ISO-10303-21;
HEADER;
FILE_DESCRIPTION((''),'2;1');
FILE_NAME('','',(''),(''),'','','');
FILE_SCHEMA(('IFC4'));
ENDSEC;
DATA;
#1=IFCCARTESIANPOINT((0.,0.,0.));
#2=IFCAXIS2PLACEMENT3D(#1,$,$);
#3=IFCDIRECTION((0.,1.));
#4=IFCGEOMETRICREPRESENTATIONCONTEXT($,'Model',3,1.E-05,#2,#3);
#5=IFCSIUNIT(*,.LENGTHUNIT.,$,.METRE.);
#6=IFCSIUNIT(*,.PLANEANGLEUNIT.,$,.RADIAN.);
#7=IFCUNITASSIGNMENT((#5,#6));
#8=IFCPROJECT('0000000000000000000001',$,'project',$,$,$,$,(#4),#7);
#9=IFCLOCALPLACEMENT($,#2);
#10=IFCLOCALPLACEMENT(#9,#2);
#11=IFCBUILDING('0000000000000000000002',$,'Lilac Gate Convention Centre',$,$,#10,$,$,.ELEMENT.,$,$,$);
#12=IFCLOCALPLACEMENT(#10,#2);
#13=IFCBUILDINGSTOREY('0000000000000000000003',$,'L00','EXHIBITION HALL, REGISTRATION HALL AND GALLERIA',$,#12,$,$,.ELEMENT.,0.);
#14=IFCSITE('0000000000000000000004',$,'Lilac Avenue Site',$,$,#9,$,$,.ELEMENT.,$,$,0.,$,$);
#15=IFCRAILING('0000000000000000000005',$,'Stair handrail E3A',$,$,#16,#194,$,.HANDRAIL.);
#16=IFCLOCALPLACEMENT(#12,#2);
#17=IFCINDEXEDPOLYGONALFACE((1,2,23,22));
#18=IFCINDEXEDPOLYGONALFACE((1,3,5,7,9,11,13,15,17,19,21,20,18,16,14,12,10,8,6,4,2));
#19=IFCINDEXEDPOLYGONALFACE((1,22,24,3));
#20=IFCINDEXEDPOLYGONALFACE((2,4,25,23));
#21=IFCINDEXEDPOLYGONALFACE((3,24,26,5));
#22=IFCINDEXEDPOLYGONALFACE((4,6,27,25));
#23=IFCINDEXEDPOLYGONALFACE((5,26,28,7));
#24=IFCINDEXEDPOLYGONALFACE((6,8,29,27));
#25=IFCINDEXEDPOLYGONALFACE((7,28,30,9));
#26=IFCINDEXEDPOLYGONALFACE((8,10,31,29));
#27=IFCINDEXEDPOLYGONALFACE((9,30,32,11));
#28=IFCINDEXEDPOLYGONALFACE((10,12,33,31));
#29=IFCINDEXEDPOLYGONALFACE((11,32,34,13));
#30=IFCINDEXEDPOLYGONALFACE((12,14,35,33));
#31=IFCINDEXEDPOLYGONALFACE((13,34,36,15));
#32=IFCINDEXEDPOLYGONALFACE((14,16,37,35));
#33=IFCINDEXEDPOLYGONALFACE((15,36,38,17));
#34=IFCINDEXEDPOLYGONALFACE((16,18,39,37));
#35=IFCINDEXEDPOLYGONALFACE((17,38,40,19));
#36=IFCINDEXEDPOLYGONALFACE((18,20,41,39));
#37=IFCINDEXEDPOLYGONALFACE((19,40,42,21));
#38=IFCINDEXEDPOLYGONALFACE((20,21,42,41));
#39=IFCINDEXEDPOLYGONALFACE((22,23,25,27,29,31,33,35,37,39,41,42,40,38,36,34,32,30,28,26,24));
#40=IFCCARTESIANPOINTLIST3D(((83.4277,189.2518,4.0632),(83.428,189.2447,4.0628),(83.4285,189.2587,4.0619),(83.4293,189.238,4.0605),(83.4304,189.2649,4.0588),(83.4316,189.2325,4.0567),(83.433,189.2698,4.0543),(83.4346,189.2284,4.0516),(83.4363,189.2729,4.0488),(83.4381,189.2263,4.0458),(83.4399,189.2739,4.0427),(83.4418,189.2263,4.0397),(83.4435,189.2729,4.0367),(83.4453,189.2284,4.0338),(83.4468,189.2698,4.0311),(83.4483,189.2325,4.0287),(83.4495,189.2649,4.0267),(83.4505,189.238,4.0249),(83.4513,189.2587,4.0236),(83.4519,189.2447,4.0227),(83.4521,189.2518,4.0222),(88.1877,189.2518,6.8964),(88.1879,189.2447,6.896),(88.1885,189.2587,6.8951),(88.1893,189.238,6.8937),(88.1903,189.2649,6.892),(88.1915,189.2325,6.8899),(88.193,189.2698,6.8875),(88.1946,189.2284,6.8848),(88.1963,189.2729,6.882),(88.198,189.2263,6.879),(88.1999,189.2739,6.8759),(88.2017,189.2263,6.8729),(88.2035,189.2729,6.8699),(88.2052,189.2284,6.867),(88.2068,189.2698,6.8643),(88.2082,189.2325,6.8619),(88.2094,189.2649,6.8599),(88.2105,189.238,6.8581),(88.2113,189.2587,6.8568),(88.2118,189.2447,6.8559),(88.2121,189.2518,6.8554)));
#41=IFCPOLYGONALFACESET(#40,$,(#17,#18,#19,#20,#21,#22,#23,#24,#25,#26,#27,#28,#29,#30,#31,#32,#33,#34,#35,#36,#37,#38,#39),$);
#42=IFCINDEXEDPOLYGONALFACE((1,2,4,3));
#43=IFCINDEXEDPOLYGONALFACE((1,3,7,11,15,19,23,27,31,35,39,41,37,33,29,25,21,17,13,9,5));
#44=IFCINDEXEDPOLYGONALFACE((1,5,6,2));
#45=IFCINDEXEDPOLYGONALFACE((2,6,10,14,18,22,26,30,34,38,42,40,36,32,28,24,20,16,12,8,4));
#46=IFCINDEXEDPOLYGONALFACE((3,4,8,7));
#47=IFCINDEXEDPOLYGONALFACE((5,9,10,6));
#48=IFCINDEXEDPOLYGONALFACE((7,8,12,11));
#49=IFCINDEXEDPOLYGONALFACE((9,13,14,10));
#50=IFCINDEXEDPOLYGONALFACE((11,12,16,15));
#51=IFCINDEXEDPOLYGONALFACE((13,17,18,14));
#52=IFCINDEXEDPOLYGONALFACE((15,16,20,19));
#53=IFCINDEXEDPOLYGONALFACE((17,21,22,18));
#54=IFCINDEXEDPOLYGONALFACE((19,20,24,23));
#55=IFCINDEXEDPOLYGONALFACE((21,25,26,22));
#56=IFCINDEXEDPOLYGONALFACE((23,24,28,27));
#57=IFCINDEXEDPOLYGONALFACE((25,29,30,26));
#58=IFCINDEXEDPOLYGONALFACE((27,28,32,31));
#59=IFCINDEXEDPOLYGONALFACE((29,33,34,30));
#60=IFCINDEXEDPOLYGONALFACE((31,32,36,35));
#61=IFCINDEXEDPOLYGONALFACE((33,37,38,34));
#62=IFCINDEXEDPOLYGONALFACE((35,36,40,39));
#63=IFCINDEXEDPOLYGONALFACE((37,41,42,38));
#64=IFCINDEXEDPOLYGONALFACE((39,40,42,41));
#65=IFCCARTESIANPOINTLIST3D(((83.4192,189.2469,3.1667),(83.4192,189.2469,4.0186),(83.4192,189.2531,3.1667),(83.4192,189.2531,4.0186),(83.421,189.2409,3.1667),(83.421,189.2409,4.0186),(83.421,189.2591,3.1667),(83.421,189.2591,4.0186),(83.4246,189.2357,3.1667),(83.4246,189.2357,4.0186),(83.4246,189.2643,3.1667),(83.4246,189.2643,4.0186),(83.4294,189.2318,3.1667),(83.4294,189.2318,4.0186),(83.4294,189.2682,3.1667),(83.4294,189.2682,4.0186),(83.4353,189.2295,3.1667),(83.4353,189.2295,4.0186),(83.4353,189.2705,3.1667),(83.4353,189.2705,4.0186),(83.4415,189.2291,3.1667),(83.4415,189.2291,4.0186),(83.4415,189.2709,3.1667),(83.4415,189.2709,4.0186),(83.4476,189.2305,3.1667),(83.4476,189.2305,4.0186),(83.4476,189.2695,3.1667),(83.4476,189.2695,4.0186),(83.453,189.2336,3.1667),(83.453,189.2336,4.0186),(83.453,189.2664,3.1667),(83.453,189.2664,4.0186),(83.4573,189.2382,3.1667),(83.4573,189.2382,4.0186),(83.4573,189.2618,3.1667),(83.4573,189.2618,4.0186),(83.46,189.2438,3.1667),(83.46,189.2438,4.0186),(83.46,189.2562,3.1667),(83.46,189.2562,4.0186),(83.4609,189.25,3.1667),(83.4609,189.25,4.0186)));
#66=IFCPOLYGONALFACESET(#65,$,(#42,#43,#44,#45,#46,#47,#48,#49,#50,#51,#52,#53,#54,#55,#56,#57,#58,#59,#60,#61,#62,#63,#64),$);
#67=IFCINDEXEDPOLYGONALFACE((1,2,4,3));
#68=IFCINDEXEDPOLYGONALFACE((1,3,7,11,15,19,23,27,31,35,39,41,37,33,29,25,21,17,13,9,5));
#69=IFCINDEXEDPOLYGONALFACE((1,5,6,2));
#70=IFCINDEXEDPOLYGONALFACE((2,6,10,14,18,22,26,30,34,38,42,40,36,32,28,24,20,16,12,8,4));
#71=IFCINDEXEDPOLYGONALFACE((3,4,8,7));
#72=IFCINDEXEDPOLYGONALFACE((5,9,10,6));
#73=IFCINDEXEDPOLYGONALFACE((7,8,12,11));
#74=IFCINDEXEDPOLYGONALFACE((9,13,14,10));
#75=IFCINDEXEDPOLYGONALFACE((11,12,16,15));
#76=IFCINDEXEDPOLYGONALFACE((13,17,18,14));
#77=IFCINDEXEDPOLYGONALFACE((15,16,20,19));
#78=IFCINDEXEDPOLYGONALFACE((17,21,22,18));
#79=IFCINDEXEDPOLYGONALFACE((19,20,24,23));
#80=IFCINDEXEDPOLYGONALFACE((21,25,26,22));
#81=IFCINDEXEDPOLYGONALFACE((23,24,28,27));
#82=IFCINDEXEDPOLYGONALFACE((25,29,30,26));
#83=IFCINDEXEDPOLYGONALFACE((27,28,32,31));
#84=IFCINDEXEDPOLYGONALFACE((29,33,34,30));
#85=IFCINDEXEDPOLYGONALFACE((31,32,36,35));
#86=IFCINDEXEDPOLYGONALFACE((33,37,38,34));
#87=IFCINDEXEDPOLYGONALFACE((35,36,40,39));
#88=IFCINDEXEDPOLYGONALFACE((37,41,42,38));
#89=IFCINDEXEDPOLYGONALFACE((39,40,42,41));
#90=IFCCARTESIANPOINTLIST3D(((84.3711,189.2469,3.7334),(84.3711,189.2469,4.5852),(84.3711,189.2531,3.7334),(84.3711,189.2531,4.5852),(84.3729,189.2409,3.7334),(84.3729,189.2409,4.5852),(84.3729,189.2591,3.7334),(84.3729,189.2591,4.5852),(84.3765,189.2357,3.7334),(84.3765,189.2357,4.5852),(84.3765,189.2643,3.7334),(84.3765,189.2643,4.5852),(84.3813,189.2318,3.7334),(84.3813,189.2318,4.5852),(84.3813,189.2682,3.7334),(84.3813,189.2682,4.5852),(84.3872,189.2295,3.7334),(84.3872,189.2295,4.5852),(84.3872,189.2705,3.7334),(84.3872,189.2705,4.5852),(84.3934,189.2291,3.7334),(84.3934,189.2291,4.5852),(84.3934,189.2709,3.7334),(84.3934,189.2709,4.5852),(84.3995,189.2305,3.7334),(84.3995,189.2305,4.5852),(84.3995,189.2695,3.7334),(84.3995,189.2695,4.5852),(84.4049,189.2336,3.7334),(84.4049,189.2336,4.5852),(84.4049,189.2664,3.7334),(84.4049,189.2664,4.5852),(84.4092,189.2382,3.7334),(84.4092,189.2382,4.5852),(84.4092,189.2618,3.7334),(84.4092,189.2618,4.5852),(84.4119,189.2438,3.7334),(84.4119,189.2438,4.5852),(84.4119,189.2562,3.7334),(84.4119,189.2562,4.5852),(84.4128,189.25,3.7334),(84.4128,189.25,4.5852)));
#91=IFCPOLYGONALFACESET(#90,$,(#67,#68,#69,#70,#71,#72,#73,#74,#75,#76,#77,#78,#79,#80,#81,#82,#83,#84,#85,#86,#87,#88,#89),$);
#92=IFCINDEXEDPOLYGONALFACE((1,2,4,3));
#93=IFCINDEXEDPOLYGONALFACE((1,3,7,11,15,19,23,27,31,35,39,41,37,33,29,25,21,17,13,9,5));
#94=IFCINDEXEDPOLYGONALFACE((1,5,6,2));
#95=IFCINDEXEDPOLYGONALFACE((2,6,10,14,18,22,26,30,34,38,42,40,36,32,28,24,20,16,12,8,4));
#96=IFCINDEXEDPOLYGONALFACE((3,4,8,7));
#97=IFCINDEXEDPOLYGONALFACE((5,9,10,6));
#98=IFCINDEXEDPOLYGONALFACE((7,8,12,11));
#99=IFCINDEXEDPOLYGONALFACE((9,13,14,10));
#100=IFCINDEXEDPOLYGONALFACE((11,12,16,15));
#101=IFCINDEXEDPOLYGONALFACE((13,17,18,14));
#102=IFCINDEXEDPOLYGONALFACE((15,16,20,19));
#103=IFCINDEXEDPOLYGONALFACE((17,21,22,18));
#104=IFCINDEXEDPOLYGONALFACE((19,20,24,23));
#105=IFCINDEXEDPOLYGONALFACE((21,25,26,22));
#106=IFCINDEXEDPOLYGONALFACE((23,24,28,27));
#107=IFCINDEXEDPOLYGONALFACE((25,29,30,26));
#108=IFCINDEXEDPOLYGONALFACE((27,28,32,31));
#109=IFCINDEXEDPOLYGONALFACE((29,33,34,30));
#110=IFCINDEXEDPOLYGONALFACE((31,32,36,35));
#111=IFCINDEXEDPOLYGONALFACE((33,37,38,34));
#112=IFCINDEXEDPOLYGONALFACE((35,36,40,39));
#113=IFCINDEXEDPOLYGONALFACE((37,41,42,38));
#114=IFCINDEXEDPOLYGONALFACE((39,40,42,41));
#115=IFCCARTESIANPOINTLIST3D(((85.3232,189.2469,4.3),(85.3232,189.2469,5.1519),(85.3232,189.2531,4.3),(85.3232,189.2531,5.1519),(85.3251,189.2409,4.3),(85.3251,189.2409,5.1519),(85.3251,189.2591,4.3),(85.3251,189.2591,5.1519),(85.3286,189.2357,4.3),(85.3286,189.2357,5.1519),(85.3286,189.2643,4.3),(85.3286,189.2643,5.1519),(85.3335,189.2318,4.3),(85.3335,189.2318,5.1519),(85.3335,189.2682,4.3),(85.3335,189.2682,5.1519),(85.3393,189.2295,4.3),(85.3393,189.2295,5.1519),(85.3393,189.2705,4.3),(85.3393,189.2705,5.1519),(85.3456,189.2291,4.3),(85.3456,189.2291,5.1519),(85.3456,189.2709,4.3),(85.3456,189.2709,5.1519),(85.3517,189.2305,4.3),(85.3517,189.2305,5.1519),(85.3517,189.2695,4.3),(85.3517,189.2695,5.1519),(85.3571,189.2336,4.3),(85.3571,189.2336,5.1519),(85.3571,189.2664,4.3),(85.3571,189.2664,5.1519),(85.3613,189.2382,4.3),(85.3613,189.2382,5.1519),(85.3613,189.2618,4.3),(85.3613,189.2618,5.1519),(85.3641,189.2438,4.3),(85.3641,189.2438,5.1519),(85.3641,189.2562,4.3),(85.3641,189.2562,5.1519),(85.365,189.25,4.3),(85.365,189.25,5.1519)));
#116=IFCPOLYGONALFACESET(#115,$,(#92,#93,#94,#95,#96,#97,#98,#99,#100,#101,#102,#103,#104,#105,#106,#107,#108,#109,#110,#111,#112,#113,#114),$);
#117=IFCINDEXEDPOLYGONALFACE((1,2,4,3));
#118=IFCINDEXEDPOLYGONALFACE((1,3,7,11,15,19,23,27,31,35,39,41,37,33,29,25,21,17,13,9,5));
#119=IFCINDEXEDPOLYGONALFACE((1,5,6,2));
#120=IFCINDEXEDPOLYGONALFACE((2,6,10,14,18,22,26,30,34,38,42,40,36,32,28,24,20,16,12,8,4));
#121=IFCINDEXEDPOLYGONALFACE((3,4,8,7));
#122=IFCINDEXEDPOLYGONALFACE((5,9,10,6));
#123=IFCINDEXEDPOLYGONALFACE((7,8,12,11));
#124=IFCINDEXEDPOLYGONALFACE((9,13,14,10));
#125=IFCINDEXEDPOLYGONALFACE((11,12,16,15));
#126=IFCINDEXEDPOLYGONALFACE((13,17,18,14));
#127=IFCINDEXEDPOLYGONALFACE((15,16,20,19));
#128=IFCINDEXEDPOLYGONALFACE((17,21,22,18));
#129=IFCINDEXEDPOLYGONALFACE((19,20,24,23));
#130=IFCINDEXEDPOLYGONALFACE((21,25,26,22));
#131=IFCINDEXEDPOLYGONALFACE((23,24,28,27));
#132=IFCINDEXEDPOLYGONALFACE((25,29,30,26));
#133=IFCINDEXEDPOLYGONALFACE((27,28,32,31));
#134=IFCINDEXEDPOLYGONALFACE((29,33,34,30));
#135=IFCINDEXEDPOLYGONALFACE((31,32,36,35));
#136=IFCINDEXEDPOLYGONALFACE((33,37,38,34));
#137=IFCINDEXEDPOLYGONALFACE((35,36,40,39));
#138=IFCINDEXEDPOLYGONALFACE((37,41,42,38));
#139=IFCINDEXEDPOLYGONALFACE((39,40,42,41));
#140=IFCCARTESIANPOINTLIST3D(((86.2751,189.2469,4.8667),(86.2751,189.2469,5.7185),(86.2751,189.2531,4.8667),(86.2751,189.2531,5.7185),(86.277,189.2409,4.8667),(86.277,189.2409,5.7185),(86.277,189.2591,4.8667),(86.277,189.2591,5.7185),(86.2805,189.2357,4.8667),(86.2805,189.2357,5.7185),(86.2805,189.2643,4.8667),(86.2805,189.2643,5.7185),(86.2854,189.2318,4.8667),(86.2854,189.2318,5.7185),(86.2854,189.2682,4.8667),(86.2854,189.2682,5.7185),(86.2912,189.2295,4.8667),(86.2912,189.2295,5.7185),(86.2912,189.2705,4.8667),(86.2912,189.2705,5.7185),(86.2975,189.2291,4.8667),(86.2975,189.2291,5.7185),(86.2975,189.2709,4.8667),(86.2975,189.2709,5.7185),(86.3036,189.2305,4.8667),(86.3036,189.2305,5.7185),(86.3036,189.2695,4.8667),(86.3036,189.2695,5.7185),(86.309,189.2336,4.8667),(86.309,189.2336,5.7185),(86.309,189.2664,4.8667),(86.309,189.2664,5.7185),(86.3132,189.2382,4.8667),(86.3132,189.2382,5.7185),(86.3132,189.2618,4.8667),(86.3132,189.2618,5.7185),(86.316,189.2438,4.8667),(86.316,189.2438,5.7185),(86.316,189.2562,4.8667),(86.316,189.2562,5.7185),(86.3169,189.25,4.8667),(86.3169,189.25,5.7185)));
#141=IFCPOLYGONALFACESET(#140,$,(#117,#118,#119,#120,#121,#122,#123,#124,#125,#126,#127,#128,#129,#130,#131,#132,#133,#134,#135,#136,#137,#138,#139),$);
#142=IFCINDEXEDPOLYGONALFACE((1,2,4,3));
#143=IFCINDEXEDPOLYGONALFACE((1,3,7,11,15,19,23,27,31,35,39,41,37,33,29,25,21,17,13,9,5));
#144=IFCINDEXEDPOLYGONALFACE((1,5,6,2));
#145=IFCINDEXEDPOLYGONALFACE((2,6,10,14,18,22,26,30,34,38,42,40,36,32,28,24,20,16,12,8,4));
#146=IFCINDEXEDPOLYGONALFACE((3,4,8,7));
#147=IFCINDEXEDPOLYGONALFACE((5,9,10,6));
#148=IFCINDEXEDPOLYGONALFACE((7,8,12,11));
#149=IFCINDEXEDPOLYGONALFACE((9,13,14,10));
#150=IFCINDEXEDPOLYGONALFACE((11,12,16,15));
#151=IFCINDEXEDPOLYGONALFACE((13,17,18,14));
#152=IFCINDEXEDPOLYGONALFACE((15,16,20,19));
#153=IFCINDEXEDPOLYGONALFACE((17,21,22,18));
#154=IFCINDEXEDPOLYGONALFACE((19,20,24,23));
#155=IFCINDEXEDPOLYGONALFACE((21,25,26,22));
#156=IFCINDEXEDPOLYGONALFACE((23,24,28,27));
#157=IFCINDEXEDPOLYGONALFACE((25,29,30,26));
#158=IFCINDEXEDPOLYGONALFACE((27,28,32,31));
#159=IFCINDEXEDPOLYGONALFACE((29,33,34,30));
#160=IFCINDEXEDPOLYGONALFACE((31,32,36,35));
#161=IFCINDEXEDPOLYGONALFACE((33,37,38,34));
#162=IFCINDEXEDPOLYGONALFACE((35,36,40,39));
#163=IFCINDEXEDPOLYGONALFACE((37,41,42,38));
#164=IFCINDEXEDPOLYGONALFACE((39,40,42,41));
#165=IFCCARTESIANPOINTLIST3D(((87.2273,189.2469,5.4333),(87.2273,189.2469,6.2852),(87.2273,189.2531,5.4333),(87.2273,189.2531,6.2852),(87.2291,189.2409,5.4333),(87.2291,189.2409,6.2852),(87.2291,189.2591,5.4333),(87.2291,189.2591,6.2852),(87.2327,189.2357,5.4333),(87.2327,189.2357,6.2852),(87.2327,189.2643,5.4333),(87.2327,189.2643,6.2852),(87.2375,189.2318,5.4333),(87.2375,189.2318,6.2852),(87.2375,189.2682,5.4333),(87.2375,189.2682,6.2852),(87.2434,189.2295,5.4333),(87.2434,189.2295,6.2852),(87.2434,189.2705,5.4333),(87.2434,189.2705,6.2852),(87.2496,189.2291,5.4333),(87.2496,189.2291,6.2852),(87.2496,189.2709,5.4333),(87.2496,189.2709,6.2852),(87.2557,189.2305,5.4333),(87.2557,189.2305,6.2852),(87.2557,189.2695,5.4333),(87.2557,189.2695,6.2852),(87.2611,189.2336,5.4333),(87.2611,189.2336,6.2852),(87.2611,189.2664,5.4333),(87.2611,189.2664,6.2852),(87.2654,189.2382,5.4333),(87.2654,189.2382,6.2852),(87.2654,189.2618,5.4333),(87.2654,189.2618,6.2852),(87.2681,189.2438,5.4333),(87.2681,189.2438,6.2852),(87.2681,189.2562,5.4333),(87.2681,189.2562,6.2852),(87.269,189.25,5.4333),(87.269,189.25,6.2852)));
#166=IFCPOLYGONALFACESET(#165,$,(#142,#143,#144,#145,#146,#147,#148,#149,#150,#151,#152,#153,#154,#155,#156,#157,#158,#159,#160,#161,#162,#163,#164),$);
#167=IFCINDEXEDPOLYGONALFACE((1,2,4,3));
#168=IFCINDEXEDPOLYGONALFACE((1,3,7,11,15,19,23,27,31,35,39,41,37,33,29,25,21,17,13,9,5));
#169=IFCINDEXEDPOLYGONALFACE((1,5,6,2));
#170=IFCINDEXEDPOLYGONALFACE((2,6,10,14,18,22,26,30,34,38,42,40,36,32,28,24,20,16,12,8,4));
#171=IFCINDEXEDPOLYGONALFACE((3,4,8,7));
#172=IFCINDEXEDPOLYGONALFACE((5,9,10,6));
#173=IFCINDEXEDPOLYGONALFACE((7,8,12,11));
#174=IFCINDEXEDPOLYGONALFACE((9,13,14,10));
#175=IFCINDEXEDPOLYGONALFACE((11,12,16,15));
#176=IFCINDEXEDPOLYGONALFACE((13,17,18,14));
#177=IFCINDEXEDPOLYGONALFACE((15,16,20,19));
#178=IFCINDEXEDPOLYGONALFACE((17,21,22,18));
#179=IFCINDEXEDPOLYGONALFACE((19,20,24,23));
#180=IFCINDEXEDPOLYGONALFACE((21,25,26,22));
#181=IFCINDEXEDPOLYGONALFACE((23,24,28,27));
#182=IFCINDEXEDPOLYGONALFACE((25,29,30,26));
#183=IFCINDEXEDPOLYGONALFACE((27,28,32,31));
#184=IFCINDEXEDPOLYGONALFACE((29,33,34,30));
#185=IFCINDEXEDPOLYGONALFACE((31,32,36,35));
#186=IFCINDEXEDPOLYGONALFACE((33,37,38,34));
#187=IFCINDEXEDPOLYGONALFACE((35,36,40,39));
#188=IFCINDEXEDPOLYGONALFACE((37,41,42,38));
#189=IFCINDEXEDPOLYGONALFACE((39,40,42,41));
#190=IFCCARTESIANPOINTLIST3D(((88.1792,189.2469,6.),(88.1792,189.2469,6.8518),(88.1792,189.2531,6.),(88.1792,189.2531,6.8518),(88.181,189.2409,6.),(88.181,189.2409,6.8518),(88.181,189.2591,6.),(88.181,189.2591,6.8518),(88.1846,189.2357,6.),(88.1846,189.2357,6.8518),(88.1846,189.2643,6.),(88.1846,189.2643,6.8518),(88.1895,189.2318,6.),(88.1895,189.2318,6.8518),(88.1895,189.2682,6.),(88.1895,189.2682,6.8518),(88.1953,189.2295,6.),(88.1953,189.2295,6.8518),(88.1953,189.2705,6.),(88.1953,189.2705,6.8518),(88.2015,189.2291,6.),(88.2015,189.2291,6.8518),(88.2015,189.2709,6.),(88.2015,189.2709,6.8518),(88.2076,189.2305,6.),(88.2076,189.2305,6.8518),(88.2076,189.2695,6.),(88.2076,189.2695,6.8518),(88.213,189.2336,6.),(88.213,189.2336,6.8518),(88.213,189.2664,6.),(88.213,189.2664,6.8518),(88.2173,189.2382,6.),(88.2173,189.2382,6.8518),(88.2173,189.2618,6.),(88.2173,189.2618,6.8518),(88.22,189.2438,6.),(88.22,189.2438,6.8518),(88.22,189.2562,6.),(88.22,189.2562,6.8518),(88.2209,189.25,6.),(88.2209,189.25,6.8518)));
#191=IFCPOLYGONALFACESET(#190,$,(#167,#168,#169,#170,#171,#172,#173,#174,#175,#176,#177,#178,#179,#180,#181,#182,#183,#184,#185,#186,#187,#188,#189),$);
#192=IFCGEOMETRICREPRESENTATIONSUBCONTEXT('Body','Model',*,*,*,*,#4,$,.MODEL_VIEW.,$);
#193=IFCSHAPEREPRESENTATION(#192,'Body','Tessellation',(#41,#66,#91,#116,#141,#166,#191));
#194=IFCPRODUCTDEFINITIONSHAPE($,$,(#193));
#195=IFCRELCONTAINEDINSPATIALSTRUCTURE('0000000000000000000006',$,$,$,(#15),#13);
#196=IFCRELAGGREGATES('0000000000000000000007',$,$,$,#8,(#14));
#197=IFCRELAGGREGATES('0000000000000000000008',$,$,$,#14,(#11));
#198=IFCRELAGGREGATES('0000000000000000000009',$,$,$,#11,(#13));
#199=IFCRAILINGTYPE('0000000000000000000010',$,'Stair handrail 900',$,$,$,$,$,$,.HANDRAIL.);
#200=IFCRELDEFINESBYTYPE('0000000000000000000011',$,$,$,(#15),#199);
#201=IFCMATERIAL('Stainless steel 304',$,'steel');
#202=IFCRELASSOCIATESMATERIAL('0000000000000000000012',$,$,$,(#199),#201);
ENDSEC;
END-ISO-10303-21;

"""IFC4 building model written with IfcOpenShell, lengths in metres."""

from ifc_helpers import new_model, si_unit, direction, frame, origin, origin_2d, place, context, subcontext, project, spatial, circle, extrude, material, type_object, element, save


model = new_model("IFC4")

# Units and contexts
model_context = context("Model", 3, precision=1e-05, world=origin(), true_north=direction((0.0, 1.0)))
body_context = subcontext(model_context, "Body", "Model", "MODEL_VIEW")
ifc_project = project(units=[si_unit("LENGTHUNIT", "METRE"), si_unit("PLANEANGLEUNIT", "RADIAN")], contexts=[model_context])

# Site, building, storey
site_placement = place(None, origin())
site = spatial("IfcSite", under=ifc_project, at=site_placement, Name="Lilac Avenue Site", CompositionType="ELEMENT", RefElevation=0.0)
building_placement = place(site_placement, origin())
building = spatial("IfcBuilding", under=site, at=building_placement, Name="Lilac Gate Convention Centre", CompositionType="ELEMENT")
storey_placement = place(building_placement, origin())
storey = spatial("IfcBuildingStorey", under=building, at=storey_placement, Name="L00", Description="EXHIBITION HALL, REGISTRATION HALL AND GALLERIA", CompositionType="ELEMENT", Elevation=0.0)

# Railing
ifc_material_1 = material(Name="Stainless steel 304", Category="steel")
railing_type = type_object("IfcRailingType", Name="Stair handrail 900", PredefinedType="HANDRAIL", material=ifc_material_1)
for number, where, name in (
    (1, (83.4399, 189.25, 3.1667), "Stair handrail E3A"),
):
    element("IfcRailing", number, at=place(storey_placement, frame(where)), inside=storey, type_object=railing_type, Name=name, PredefinedType="HANDRAIL", context=body_context, shape_type="SweptSolid", body=[
        extrude(circle(Radius=0.0239, at=origin_2d()), frame((0.0, 0.0, 0.876), z_axis=(0.8593, 0.0, 0.511472), x_axis=(0.0, 1.0, 0.0)), (0.0, 0.0, 1.0), 5.5393),
        extrude(circle(Radius=0.021, at=origin_2d()), origin(), (0.0, 0.0, 1.0), 0.8518),
        extrude(circle(Radius=0.021, at=origin_2d()), frame((0.9519, 0.0, 0.5667)), (0.0, 0.0, 1.0), 0.8518),
        extrude(circle(Radius=0.021, at=origin_2d()), frame((1.9041, 0.0, 1.1333)), (0.0, 0.0, 1.0), 0.8518),
        extrude(circle(Radius=0.021, at=origin_2d()), frame((2.856, 0.0, 1.7)), (0.0, 0.0, 1.0), 0.8518),
        extrude(circle(Radius=0.021, at=origin_2d()), frame((3.8081, 0.0, 2.2666)), (0.0, 0.0, 1.0), 0.8518),
        extrude(circle(Radius=0.021, at=origin_2d()), frame((4.76, 0.0, 2.8333)), (0.0, 0.0, 1.0), 0.8518),
    ])

save(model, "model.ifc")
